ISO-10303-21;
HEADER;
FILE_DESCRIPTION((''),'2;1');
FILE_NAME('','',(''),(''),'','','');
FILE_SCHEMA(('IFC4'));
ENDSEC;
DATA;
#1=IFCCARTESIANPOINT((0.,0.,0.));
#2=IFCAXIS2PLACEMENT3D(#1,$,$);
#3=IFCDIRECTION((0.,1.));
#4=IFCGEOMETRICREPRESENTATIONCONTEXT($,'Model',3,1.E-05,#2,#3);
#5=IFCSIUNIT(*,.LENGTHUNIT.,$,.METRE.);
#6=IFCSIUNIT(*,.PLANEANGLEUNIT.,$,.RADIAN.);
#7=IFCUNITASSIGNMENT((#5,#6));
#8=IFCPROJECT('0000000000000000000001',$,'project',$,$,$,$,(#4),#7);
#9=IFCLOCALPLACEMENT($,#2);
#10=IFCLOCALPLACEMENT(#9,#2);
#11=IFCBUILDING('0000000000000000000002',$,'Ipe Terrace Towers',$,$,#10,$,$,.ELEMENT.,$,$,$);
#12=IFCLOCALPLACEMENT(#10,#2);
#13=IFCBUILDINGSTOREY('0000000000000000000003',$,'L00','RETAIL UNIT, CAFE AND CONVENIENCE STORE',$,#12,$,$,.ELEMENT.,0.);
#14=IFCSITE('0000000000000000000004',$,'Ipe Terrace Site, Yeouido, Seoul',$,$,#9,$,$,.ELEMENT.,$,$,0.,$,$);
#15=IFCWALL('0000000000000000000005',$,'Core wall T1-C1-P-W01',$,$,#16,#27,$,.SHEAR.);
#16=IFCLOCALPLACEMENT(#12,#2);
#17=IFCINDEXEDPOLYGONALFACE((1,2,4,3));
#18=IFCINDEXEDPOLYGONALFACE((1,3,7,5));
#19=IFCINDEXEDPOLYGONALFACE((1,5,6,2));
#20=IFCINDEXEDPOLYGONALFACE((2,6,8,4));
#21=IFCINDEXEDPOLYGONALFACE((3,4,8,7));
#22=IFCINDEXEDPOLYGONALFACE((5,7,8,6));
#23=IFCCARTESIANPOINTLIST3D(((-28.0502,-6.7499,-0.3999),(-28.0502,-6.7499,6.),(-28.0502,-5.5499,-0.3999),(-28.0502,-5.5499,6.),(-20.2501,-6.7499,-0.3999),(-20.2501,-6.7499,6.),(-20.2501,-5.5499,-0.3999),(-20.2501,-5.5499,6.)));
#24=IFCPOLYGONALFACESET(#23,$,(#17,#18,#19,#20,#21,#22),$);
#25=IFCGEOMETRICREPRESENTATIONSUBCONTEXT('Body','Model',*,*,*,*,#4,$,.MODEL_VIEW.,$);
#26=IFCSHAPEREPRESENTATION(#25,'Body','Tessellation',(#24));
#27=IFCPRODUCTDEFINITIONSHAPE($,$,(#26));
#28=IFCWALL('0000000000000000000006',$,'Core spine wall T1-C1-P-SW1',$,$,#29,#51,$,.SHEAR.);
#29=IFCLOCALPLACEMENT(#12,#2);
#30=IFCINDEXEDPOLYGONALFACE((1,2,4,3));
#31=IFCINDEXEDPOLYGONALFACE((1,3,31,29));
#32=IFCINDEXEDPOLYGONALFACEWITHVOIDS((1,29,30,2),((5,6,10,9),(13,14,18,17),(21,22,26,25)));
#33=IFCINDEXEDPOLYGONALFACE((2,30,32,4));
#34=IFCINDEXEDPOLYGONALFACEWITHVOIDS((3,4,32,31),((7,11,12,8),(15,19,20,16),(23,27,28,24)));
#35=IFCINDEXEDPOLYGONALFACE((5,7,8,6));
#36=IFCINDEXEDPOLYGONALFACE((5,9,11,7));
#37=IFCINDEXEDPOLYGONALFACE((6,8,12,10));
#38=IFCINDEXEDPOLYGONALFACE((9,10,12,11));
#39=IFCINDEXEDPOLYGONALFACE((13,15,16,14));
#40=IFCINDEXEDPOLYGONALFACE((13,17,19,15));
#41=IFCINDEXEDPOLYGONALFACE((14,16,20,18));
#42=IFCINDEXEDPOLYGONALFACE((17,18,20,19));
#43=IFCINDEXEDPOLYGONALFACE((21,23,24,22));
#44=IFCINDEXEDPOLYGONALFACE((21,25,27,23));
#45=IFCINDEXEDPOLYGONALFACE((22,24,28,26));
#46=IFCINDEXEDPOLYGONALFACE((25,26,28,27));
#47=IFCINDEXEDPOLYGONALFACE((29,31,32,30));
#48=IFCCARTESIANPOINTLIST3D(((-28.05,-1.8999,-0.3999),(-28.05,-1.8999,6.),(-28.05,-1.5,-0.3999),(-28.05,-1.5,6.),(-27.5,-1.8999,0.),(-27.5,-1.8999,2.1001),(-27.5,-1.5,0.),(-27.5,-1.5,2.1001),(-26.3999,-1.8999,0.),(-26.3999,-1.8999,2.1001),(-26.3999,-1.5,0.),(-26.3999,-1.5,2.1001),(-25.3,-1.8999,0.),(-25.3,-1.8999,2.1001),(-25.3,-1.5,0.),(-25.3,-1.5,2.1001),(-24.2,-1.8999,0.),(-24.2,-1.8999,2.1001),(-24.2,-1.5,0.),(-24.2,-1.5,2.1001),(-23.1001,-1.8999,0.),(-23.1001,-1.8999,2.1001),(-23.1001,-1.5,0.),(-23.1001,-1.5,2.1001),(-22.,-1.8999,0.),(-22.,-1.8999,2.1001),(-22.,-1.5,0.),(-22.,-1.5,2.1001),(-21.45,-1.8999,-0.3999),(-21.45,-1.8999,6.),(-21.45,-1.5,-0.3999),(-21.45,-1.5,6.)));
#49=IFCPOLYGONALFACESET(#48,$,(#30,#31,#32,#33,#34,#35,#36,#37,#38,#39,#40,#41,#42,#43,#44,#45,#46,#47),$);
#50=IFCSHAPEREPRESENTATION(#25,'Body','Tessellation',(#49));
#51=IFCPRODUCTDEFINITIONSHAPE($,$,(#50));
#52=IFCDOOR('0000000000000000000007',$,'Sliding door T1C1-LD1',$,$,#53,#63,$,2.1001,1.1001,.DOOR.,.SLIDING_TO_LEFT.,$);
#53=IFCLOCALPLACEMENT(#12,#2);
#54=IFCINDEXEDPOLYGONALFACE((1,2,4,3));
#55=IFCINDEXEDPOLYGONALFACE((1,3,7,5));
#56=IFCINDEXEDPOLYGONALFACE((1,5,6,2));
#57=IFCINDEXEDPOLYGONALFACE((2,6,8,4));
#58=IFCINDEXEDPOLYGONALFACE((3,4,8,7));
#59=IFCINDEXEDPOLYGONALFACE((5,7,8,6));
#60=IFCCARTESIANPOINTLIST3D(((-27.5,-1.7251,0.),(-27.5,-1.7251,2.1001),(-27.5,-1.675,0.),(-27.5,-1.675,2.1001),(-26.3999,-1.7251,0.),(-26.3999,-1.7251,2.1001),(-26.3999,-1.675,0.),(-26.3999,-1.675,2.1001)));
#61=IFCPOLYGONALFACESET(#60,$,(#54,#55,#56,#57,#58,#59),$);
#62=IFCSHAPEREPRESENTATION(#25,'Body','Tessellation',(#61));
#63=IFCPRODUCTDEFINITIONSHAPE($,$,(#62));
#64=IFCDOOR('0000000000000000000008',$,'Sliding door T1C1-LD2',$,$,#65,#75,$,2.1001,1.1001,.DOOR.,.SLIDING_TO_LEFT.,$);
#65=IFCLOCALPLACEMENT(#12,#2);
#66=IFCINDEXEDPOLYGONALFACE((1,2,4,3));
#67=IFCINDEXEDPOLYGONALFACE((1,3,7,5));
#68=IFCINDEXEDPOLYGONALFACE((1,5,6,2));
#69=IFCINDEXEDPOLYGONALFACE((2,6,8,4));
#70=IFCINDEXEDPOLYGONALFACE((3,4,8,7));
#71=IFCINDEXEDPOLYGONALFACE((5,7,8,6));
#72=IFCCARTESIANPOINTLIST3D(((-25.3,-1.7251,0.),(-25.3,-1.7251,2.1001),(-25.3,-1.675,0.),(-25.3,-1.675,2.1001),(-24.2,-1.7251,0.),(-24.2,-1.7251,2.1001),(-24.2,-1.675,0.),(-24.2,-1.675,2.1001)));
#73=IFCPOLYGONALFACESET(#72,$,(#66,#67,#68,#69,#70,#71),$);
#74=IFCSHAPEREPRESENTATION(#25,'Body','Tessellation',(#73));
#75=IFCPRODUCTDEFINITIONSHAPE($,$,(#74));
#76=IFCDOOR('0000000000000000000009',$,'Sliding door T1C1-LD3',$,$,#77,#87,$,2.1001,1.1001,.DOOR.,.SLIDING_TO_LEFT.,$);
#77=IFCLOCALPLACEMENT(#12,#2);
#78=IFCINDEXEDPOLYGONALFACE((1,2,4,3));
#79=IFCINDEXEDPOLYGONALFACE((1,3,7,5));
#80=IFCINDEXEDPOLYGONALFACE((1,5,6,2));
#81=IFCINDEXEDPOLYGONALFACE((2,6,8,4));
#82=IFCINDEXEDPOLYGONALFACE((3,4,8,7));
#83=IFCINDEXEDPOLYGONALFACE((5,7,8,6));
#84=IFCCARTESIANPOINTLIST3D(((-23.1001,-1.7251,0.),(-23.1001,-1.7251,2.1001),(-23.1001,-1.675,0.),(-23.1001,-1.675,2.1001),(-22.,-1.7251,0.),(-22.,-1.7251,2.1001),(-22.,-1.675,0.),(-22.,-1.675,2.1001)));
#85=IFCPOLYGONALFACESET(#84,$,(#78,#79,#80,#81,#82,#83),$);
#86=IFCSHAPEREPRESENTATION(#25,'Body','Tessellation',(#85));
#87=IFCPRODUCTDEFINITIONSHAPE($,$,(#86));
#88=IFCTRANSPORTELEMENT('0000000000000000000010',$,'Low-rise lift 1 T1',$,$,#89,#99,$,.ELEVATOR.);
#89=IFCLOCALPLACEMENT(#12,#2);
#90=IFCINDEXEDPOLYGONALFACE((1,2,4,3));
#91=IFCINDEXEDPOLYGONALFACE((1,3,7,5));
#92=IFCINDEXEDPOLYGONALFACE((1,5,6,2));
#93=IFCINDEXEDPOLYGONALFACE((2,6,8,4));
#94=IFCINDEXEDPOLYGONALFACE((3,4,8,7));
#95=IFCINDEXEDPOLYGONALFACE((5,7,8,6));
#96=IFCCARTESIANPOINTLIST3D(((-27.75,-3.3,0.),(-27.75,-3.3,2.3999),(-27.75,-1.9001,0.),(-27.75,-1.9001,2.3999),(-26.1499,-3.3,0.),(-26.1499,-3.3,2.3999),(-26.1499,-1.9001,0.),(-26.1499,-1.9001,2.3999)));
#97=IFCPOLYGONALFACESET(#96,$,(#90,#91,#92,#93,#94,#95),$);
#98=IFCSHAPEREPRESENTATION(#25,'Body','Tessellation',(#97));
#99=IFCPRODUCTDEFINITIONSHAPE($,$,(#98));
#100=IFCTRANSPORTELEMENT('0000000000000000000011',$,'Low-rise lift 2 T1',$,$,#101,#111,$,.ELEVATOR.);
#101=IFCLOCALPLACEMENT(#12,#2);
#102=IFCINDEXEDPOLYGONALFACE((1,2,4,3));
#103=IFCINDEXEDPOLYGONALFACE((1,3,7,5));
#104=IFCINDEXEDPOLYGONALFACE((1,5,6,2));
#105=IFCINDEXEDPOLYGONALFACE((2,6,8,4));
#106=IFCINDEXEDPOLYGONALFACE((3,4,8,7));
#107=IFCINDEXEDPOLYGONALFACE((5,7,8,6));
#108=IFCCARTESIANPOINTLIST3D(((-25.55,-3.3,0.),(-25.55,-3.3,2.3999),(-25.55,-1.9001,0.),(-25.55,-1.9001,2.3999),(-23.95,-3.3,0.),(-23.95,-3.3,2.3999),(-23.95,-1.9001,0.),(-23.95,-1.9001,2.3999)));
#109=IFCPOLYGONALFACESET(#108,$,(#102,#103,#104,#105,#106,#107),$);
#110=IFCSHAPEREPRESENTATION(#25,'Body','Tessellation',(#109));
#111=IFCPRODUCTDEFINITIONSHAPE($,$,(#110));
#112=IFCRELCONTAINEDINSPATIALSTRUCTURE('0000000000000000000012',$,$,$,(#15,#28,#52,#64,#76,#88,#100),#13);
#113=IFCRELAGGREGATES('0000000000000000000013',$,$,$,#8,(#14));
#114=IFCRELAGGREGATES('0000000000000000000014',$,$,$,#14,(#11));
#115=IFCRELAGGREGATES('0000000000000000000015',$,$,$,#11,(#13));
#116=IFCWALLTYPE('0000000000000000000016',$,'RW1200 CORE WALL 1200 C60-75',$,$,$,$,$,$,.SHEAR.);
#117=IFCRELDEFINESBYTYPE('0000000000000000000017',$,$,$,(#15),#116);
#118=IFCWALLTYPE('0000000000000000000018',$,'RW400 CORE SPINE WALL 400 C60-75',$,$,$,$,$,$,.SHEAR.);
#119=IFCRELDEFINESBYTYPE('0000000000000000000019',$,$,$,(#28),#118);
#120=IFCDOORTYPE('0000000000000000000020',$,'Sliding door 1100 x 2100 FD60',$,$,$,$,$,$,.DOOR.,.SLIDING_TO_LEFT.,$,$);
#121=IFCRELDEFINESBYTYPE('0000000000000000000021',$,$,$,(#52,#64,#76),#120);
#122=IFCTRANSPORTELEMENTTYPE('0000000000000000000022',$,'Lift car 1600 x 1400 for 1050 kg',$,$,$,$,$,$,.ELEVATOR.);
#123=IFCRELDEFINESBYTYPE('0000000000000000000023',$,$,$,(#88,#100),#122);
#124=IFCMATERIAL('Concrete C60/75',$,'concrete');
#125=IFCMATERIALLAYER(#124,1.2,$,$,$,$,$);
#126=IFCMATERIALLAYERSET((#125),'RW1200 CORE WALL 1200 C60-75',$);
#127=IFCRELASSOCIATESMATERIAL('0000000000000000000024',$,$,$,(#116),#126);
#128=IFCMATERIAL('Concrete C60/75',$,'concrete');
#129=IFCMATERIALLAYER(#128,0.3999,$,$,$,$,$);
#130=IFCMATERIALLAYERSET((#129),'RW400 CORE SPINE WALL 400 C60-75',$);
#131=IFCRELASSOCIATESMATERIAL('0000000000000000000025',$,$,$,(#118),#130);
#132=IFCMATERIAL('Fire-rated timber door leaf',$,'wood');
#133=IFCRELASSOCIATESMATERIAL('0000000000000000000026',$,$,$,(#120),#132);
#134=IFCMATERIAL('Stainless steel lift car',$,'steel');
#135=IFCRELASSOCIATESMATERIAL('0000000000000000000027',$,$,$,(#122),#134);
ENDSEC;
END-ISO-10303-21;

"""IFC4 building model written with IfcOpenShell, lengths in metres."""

from ifc_helpers import new_model, si_unit, direction, frame, frame_2d, origin, origin_2d, place, context, subcontext, project, spatial, rectangle, extrude, material, layer, layer_set, type_object, element, fill, save


model = new_model("IFC4")

# Units and contexts
model_context = context("Model", 3, precision=1e-05, world=origin(), true_north=direction((0.0, 1.0)))
body_context = subcontext(model_context, "Body", "Model", "MODEL_VIEW")
ifc_project = project(units=[si_unit("LENGTHUNIT", "METRE"), si_unit("PLANEANGLEUNIT", "RADIAN")], contexts=[model_context])

# Site, building, storey
site_placement = place(None, origin())
site = spatial("IfcSite", under=ifc_project, at=site_placement, Name="Ipe Terrace Site, Yeouido, Seoul", CompositionType="ELEMENT", RefElevation=0.0)
building_placement = place(site_placement, origin())
building = spatial("IfcBuilding", under=site, at=building_placement, Name="Ipe Terrace Towers", CompositionType="ELEMENT")
storey_placement = place(building_placement, origin())
storey = spatial("IfcBuildingStorey", under=building, at=storey_placement, Name="L00", Description="RETAIL UNIT, CAFE AND CONVENIENCE STORE", CompositionType="ELEMENT", Elevation=0.0)

# Wall
ifc_material_1 = material(Name="Concrete C60/75", Category="concrete")
ifc_layer_1 = layer(ifc_material_1, 1.2)
ifc_layer_set_1 = layer_set([ifc_layer_1], Name="RW1200 CORE WALL 1200 C60-75")
wall_type_1 = type_object("IfcWallType", Name="RW1200 CORE WALL 1200 C60-75", PredefinedType="SHEAR", material=ifc_layer_set_1)
wall_1_placement = place(storey_placement, frame((-28.05, -6.1499, -0.3999), z_axis=(0.0, 0.0, 1.0), x_axis=(1.0, 0.0, 0.0)))
element("IfcWall", 1, at=wall_1_placement, inside=storey, type_object=wall_type_1, Name="Core wall T1-C1-P-W01", PredefinedType="SHEAR", context=body_context, shape_type="SweptSolid", body=[
    extrude(rectangle(XDim=7.8, YDim=1.2, at=frame_2d((3.8999, 0.0))), origin(), (0.0, 0.0, 1.0), 6.3999),
])

# Wall, openings, doors
ifc_material_2 = material(Name="Concrete C60/75", Category="concrete")
ifc_layer_2 = layer(ifc_material_2, 0.3999)
ifc_layer_set_2 = layer_set([ifc_layer_2], Name="RW400 CORE SPINE WALL 400 C60-75")
wall_type_2 = type_object("IfcWallType", Name="RW400 CORE SPINE WALL 400 C60-75", PredefinedType="SHEAR", material=ifc_layer_set_2)
wall_2_placement = place(storey_placement, frame((-28.05, -1.7, -0.3999), z_axis=(0.0, 0.0, 1.0), x_axis=(1.0, 0.0, 0.0)))
wall_2 = element("IfcWall", 2, at=wall_2_placement, inside=storey, type_object=wall_type_2, Name="Core spine wall T1-C1-P-SW1", PredefinedType="SHEAR", context=body_context, shape_type="SweptSolid", body=[
    extrude(rectangle(XDim=6.6001, YDim=0.3999, at=frame_2d((3.3, 0.0))), origin(), (0.0, 0.0, 1.0), 6.3999),
])
opening_1_placement = place(wall_2_placement, frame((0.55, 0.0, 0.3999)))
opening_1 = element("IfcOpeningElement", 3, at=opening_1_placement, cuts=wall_2, PredefinedType="OPENING", context=body_context, shape_type="SweptSolid", body=[
    extrude(rectangle(XDim=1.1001, YDim=2.1001, at=frame_2d((0.55, 1.05))), frame((0.0, 0.21, 0.0), z_axis=(0.0, -1.0, 0.0), x_axis=(1.0, 0.0, 0.0)), (0.0, 0.0, 1.0), 0.4199),
])
opening_2_placement = place(wall_2_placement, frame((2.75, 0.0, 0.3999)))
opening_2 = element("IfcOpeningElement", 4, at=opening_2_placement, cuts=wall_2, PredefinedType="OPENING", context=body_context, shape_type="SweptSolid", body=[
    extrude(rectangle(XDim=1.1001, YDim=2.1001, at=frame_2d((0.55, 1.05))), frame((0.0, 0.21, 0.0), z_axis=(0.0, -1.0, 0.0), x_axis=(1.0, 0.0, 0.0)), (0.0, 0.0, 1.0), 0.4199),
])
opening_3_placement = place(wall_2_placement, frame((4.95, 0.0, 0.3999)))
opening_3 = element("IfcOpeningElement", 5, at=opening_3_placement, cuts=wall_2, PredefinedType="OPENING", context=body_context, shape_type="SweptSolid", body=[
    extrude(rectangle(XDim=1.1001, YDim=2.1001, at=frame_2d((0.55, 1.05))), frame((0.0, 0.21, 0.0), z_axis=(0.0, -1.0, 0.0), x_axis=(1.0, 0.0, 0.0)), (0.0, 0.0, 1.0), 0.4199),
])
ifc_material_3 = material(Name="Fire-rated timber door leaf", Category="wood")
door_type_1 = type_object("IfcDoorType", Name="Sliding door 1100 x 2100 FD60", OperationType="SLIDING_TO_LEFT", PredefinedType="DOOR", material=ifc_material_3)
door_1_placement = place(opening_1_placement, origin())
door_1 = element("IfcDoor", 6, at=door_1_placement, inside=storey, type_object=door_type_1, Name="Sliding door T1C1-LD1", OperationType="SLIDING_TO_LEFT", OverallHeight=2.1001, OverallWidth=1.1001, PredefinedType="DOOR", context=body_context, shape_type="SweptSolid", body=[
    extrude(rectangle(XDim=1.1001, YDim=2.1001, at=frame_2d((0.55, 1.05))), frame((0.0, 0.0249, 0.0), z_axis=(0.0, -1.0, 0.0), x_axis=(1.0, 0.0, 0.0)), (0.0, 0.0, 1.0), 0.05),
])
fill(opening_1, door_1)
door_2_placement = place(opening_2_placement, origin())
door_2 = element("IfcDoor", 7, at=door_2_placement, inside=storey, type_object=door_type_1, Name="Sliding door T1C1-LD2", OperationType="SLIDING_TO_LEFT", OverallHeight=2.1001, OverallWidth=1.1001, PredefinedType="DOOR", context=body_context, shape_type="SweptSolid", body=[
    extrude(rectangle(XDim=1.1001, YDim=2.1001, at=frame_2d((0.55, 1.05))), frame((0.0, 0.0249, 0.0), z_axis=(0.0, -1.0, 0.0), x_axis=(1.0, 0.0, 0.0)), (0.0, 0.0, 1.0), 0.05),
])
fill(opening_2, door_2)
door_3_placement = place(opening_3_placement, origin())
door_3 = element("IfcDoor", 8, at=door_3_placement, inside=storey, type_object=door_type_1, Name="Sliding door T1C1-LD3", OperationType="SLIDING_TO_LEFT", OverallHeight=2.1001, OverallWidth=1.1001, PredefinedType="DOOR", context=body_context, shape_type="SweptSolid", body=[
    extrude(rectangle(XDim=1.1001, YDim=2.1001, at=frame_2d((0.55, 1.05))), frame((0.0, 0.0249, 0.0), z_axis=(0.0, -1.0, 0.0), x_axis=(1.0, 0.0, 0.0)), (0.0, 0.0, 1.0), 0.05),
])
fill(opening_3, door_3)

# Transport elements
ifc_material_4 = material(Name="Stainless steel lift car", Category="steel")
transport_element_type = type_object("IfcTransportElementType", Name="Lift car 1600 x 1400 for 1050 kg", PredefinedType="ELEVATOR", material=ifc_material_4)
for number, where, z_axis, x_axis, name in (
    (9, (-26.95, -2.6001, 0.0), (0.0, 0.0, 1.0), (1.0, 0.0, 0.0), "Low-rise lift 1 T1"),
    (10, (-24.75, -2.6001, 0.0), (0.0, 0.0, 1.0), (1.0, 0.0, 0.0), "Low-rise lift 2 T1"),
):
    element("IfcTransportElement", number, at=place(storey_placement, frame(where, z_axis=z_axis, x_axis=x_axis)), inside=storey, type_object=transport_element_type, Name=name, PredefinedType="ELEVATOR", context=body_context, shape_type="SweptSolid", body=[
        extrude(rectangle(XDim=1.6001, YDim=1.3999, at=origin_2d()), origin(), (0.0, 0.0, 1.0), 2.3999),
    ])

save(model, "model.ifc")
